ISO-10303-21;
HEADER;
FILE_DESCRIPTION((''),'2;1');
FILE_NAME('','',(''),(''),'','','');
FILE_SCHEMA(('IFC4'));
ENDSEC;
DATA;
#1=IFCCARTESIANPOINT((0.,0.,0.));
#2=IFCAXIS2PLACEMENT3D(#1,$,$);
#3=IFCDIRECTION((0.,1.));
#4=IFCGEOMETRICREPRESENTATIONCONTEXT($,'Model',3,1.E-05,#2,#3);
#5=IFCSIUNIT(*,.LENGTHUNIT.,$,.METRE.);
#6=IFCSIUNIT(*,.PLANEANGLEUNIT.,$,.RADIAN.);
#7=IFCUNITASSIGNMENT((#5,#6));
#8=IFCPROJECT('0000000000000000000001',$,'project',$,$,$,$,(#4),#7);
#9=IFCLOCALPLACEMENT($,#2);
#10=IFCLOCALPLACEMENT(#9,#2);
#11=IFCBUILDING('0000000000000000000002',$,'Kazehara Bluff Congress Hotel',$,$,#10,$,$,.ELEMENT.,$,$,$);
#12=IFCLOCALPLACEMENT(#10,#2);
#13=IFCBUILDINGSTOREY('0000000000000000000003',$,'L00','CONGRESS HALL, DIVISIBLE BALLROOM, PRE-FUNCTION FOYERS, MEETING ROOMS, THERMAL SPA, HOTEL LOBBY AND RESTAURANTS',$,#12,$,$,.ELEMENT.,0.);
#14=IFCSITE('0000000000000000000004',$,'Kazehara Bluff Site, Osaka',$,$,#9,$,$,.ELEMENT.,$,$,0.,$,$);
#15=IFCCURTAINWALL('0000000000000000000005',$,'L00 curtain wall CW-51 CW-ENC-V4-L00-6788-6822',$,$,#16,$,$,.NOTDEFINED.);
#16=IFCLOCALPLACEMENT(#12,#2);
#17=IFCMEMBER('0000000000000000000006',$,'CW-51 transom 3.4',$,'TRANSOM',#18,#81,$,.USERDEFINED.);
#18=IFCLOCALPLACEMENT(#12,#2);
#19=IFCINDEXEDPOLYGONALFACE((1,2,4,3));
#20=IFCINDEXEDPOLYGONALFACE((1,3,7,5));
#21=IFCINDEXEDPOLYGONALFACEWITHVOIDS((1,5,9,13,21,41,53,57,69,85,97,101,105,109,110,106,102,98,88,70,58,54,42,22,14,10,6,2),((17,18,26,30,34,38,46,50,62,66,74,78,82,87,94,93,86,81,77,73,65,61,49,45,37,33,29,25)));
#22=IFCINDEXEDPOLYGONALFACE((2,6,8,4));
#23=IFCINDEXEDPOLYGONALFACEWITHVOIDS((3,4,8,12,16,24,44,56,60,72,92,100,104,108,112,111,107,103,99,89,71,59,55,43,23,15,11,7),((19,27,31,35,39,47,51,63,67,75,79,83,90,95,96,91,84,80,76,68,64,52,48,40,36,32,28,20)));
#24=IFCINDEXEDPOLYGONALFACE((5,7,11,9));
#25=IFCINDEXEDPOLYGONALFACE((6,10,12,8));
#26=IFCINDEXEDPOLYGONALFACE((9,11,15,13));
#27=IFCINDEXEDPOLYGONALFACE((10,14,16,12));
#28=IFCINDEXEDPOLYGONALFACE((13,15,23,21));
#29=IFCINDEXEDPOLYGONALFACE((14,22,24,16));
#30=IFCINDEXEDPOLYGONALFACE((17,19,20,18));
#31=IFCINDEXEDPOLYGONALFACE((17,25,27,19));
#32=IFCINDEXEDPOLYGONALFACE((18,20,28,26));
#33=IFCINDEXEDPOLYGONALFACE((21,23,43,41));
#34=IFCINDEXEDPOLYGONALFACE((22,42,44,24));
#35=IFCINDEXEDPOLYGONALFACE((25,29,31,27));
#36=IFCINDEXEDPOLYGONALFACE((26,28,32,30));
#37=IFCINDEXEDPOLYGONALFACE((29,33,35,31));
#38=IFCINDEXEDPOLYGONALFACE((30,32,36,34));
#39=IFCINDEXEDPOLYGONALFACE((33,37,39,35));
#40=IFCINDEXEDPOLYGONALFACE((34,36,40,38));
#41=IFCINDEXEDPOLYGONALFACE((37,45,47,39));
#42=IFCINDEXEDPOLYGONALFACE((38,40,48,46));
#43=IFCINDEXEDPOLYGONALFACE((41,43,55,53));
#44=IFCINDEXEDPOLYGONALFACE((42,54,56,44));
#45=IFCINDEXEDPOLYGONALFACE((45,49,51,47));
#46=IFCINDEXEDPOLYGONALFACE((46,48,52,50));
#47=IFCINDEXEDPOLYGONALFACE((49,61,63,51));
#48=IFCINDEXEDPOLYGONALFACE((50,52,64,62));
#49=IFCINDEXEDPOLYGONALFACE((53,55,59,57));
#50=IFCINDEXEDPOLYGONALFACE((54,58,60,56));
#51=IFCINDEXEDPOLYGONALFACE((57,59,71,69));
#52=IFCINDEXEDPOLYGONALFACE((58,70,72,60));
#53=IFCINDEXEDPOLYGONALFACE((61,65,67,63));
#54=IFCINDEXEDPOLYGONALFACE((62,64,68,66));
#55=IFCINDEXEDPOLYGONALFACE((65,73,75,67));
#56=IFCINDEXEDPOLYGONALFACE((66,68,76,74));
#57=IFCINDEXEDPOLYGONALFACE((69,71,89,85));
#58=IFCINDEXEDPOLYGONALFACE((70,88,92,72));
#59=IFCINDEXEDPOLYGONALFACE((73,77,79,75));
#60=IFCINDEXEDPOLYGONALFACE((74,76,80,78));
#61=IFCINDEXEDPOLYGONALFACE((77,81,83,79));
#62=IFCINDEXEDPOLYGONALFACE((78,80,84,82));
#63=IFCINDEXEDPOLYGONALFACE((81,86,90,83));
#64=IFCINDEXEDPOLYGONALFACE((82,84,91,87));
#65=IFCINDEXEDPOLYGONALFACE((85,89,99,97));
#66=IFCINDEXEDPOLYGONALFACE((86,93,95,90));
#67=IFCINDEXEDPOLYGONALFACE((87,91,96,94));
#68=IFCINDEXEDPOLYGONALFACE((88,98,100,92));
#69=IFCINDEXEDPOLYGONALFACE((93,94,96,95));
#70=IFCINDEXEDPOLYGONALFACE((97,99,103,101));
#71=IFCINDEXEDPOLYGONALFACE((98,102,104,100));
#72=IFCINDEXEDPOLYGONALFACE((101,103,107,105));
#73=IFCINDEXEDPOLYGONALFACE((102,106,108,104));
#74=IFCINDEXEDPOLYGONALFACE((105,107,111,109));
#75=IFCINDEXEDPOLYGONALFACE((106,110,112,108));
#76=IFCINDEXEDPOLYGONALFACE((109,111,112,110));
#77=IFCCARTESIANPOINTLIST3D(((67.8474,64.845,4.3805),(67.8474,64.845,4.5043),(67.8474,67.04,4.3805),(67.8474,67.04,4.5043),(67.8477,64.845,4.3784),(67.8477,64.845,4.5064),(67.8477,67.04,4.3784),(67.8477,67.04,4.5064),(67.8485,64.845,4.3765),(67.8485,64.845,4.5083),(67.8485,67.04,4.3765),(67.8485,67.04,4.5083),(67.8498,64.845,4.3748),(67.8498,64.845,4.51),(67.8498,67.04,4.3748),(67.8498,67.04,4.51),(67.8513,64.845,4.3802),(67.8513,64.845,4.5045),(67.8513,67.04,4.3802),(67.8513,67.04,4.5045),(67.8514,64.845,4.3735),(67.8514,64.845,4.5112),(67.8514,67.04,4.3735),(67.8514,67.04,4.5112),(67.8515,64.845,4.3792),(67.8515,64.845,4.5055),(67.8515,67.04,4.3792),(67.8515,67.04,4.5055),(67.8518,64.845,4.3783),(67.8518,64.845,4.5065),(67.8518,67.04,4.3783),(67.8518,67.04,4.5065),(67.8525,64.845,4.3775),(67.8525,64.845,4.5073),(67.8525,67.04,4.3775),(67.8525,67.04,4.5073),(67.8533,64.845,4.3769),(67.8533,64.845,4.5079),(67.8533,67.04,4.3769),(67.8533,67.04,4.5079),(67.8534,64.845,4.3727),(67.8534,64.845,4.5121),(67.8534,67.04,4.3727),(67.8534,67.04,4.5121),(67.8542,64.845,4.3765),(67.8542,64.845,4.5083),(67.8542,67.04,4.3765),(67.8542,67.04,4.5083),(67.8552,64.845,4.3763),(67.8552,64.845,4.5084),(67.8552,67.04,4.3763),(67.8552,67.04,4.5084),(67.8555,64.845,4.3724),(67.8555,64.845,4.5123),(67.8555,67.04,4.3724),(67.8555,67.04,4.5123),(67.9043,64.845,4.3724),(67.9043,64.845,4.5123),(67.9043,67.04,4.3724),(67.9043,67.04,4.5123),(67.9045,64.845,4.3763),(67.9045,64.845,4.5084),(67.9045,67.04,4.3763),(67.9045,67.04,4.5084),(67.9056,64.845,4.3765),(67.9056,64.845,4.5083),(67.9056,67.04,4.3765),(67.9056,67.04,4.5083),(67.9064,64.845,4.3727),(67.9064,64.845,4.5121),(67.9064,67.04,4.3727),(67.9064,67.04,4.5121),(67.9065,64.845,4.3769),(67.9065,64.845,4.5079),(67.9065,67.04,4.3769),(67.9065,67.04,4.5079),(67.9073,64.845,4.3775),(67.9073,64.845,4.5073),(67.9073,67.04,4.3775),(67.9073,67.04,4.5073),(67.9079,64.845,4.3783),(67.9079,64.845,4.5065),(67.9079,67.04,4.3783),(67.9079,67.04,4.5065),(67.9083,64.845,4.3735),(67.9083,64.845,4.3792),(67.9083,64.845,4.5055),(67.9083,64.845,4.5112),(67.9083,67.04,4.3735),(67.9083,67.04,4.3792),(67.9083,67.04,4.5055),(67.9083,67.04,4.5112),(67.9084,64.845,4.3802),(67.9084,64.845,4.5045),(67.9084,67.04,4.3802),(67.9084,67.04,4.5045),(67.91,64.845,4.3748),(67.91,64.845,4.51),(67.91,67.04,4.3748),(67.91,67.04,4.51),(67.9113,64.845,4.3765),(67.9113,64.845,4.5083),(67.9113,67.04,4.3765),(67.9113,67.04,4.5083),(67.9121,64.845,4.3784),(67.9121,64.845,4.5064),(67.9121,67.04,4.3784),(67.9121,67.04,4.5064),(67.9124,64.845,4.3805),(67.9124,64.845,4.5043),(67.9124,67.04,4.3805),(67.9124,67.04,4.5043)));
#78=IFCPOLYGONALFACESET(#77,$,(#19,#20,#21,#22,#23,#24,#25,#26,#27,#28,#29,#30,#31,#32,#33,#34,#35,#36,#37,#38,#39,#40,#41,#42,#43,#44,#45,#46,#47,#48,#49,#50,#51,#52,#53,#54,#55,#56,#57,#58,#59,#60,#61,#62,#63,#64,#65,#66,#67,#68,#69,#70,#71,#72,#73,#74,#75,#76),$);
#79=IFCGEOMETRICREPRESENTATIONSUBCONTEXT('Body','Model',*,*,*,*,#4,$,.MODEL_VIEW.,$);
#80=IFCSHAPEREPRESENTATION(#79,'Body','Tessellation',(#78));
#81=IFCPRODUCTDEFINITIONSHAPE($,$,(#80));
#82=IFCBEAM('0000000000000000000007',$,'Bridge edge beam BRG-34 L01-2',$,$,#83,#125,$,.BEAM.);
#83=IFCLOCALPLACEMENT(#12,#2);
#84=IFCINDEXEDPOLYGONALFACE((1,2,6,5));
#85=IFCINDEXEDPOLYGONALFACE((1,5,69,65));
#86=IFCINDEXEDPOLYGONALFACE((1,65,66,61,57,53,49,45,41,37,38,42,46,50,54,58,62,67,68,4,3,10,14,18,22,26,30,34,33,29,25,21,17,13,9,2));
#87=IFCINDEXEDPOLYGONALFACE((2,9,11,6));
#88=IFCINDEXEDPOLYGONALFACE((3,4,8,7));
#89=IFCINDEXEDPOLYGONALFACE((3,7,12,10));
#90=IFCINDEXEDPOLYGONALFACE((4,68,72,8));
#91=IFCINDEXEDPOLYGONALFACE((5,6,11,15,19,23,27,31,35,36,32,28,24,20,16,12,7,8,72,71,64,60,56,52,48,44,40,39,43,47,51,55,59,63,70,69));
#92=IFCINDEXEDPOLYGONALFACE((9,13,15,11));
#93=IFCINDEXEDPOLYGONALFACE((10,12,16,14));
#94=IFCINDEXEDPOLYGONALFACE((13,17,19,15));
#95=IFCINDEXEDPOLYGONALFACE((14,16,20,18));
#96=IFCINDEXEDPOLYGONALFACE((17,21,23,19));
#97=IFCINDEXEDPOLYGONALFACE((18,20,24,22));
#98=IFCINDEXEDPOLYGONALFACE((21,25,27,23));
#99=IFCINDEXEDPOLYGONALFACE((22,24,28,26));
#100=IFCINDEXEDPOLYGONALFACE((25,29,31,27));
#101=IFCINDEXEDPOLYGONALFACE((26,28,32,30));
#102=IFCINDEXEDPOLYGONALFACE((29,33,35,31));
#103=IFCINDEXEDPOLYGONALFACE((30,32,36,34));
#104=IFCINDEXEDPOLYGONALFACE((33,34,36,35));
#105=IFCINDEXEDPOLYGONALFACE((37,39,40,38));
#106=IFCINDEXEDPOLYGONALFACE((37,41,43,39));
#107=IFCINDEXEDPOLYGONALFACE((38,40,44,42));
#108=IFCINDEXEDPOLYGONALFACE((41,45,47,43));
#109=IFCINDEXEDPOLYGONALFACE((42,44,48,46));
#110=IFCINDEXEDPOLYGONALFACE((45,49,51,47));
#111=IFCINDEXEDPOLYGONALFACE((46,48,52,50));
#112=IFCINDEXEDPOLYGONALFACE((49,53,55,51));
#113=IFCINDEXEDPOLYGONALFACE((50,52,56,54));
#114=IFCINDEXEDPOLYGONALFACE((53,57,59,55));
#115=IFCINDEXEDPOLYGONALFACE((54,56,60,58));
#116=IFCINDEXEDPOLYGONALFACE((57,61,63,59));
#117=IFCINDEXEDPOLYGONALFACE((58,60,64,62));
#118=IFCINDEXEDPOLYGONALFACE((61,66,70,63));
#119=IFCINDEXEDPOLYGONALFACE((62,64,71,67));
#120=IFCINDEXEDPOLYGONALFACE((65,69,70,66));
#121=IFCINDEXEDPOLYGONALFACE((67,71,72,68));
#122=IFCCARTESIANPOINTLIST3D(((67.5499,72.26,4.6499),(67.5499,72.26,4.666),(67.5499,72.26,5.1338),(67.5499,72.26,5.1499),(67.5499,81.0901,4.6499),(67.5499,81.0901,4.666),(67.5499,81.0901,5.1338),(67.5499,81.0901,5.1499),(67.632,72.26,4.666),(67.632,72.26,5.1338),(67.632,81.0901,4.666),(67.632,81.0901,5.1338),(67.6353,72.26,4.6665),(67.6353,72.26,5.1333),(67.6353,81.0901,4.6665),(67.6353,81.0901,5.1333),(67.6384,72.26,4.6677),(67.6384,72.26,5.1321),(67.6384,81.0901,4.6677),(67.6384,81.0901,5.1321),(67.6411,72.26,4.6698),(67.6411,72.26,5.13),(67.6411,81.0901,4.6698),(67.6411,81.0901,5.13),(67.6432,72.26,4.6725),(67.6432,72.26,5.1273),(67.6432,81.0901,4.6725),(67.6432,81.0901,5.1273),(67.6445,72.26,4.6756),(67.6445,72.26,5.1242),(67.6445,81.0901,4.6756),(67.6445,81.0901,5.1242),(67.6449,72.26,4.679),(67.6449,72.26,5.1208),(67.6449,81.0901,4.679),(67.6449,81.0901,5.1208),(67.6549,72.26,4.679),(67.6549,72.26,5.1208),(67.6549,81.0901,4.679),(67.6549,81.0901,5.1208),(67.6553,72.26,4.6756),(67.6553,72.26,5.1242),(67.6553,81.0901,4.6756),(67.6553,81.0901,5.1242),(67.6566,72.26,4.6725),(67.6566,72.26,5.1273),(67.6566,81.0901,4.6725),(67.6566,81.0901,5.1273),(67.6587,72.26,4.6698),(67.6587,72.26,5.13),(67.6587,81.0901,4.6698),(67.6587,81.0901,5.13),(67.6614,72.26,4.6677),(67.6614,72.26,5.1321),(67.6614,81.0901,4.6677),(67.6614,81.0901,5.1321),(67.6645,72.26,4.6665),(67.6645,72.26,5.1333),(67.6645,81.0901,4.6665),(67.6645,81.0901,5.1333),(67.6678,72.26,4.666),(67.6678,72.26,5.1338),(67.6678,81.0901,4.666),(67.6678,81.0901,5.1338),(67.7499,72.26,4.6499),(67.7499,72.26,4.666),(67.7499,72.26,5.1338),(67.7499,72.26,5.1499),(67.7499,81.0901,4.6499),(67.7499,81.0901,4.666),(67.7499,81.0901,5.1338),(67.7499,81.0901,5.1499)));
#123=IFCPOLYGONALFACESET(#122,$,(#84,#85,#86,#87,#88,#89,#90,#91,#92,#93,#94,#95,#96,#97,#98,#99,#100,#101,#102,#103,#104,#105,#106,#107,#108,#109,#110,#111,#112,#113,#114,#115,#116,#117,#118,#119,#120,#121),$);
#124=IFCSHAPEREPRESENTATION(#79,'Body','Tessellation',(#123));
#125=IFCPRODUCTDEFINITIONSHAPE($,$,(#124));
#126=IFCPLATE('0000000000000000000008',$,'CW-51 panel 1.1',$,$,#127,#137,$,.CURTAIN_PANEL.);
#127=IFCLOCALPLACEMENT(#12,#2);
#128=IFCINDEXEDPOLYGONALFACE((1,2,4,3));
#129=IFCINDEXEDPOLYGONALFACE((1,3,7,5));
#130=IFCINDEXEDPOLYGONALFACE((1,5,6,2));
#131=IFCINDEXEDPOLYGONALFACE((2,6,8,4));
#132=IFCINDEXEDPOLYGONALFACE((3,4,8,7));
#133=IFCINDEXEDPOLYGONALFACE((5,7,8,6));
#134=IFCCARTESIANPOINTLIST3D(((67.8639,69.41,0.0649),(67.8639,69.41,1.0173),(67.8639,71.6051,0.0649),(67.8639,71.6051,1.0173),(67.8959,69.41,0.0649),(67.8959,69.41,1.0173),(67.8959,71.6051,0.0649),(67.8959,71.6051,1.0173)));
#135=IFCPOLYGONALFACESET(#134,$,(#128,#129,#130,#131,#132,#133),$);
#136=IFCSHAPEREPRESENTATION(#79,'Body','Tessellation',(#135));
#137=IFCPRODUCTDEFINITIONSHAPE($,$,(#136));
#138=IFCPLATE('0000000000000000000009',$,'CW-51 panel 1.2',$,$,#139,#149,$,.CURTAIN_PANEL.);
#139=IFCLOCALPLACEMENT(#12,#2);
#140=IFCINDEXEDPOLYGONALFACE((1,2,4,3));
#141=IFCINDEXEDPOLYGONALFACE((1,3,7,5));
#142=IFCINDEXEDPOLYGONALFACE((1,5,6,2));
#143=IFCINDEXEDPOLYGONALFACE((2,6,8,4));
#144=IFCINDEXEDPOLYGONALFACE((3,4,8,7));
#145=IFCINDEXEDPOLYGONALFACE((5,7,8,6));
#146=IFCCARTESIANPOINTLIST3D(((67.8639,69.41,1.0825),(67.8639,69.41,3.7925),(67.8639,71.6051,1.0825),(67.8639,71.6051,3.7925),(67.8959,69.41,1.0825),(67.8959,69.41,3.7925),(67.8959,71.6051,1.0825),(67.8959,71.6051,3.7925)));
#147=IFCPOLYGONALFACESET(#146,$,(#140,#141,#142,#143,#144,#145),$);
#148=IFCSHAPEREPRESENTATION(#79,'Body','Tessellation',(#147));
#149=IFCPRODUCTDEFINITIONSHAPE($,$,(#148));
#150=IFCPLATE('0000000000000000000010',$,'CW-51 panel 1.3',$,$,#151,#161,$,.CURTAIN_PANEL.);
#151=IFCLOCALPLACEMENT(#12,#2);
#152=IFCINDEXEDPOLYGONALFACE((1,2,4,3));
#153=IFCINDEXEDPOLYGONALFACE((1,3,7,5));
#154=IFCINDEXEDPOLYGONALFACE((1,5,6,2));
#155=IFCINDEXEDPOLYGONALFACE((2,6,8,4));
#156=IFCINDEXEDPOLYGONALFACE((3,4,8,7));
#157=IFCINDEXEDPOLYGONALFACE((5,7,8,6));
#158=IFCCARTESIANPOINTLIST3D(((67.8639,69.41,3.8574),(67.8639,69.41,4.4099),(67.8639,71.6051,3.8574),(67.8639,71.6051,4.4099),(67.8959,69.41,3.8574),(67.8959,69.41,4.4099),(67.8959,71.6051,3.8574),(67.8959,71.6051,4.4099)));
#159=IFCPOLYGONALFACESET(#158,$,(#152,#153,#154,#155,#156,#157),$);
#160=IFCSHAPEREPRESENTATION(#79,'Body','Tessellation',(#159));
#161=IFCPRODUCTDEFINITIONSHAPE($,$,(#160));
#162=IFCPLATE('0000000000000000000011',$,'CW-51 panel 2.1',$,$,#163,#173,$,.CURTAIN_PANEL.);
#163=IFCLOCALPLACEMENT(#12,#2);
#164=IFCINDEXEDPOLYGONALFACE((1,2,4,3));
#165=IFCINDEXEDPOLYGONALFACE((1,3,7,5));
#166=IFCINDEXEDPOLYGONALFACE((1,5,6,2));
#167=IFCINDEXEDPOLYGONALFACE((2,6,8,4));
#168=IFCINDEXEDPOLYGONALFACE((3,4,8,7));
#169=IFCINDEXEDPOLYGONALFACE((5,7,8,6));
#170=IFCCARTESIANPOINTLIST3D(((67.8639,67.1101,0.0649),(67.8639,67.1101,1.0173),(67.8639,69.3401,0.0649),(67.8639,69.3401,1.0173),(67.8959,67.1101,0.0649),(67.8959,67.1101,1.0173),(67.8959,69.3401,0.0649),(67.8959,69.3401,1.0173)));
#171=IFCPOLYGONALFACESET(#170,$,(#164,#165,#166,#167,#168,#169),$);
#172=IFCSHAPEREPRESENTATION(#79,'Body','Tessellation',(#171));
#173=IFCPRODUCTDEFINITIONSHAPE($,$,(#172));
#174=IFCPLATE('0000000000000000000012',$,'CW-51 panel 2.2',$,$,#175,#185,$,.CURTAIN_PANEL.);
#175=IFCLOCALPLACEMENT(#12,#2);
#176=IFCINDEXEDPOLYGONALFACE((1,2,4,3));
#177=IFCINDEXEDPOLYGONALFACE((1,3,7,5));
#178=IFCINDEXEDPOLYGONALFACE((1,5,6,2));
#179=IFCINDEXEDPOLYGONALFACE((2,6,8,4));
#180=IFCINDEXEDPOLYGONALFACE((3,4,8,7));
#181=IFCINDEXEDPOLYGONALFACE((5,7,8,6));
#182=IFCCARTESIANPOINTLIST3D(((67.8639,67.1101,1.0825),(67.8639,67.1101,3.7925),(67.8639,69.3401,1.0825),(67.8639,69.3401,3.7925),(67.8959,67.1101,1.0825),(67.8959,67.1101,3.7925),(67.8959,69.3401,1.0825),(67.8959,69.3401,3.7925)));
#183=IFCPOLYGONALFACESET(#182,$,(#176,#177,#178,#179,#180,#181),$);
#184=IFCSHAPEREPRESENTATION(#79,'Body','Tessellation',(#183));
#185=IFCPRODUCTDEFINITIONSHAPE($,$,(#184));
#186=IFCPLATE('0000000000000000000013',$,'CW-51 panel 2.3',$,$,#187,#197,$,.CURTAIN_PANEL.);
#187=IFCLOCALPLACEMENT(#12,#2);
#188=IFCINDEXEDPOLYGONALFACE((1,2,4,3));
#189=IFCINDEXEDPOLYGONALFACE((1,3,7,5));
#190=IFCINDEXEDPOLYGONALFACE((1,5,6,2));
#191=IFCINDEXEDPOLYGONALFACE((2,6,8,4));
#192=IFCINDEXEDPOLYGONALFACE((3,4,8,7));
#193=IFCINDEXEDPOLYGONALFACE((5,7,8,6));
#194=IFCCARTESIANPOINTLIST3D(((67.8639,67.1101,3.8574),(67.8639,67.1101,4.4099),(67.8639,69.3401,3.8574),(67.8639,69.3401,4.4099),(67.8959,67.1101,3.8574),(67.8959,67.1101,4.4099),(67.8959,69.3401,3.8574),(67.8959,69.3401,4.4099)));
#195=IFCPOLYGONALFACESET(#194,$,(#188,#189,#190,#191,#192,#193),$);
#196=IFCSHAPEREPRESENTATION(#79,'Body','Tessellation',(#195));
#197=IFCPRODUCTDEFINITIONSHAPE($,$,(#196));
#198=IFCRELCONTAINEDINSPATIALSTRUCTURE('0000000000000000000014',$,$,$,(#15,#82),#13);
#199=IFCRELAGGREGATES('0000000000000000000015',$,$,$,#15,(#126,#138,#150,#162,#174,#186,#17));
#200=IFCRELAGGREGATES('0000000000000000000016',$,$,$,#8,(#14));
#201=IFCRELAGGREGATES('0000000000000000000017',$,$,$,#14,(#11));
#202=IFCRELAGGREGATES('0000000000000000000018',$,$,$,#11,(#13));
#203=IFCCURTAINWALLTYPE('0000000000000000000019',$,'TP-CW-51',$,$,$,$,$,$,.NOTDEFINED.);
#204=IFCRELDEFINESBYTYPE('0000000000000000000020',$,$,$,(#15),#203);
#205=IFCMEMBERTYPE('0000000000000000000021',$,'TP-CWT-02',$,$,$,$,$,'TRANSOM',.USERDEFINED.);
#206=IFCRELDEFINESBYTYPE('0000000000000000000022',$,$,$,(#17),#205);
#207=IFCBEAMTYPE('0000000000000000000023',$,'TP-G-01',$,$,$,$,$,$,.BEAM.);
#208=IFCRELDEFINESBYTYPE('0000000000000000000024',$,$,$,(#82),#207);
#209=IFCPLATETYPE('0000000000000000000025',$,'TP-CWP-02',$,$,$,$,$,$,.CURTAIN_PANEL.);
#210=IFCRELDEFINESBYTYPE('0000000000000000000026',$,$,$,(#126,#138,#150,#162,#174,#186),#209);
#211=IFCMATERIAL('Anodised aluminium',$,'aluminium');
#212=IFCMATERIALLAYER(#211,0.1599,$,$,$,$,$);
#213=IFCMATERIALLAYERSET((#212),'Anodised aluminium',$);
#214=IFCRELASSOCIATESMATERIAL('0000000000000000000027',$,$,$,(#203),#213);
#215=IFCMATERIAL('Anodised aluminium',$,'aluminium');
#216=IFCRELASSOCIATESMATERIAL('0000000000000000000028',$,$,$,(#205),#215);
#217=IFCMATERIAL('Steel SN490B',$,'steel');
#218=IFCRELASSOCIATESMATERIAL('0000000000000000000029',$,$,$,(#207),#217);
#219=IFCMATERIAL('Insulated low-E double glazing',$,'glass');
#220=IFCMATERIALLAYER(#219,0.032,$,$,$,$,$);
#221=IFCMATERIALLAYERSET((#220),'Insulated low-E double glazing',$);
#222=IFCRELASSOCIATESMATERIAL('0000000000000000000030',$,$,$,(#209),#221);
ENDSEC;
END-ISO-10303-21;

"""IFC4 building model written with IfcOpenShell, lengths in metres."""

from ifc_helpers import new_model, si_unit, direction, frame, origin, origin_2d, place, context, subcontext, project, spatial, rectangle, hollow_rectangle, i_section, extrude, material, layer, layer_set, material_profile, profile_set, type_object, element, aggregate, save


model = new_model("IFC4")

# Units and contexts
model_context = context("Model", 3, precision=1e-05, world=origin(), true_north=direction((0.0, 1.0)))
body_context = subcontext(model_context, "Body", "Model", "MODEL_VIEW")
ifc_project = project(units=[si_unit("LENGTHUNIT", "METRE"), si_unit("PLANEANGLEUNIT", "RADIAN")], contexts=[model_context])

# Site, building, storey
site_placement = place(None, origin())
site = spatial("IfcSite", under=ifc_project, at=site_placement, Name="Kazehara Bluff Site, Osaka", CompositionType="ELEMENT", RefElevation=0.0)
building_placement = place(site_placement, origin())
building = spatial("IfcBuilding", under=site, at=building_placement, Name="Kazehara Bluff Congress Hotel", CompositionType="ELEMENT")
storey_placement = place(building_placement, origin())
storey = spatial("IfcBuildingStorey", under=building, at=storey_placement, Name="L00", Description="CONGRESS HALL, DIVISIBLE BALLROOM, PRE-FUNCTION FOYERS, MEETING ROOMS, THERMAL SPA, HOTEL LOBBY AND RESTAURANTS", CompositionType="ELEMENT", Elevation=0.0)

# Curtain wall, member
ifc_material_1 = material(Name="Anodised aluminium", Category="aluminium")
ifc_layer_1 = layer(ifc_material_1, 0.1599)
ifc_layer_set_1 = layer_set([ifc_layer_1], Name="Anodised aluminium")
curtain_wall_type = type_object("IfcCurtainWallType", Name="TP-CW-51", PredefinedType="NOTDEFINED", material=ifc_layer_set_1)
curtain_wall_placement = place(storey_placement, origin())
curtain_wall = element("IfcCurtainWall", 1, at=curtain_wall_placement, inside=storey, type_object=curtain_wall_type, Name="L00 curtain wall CW-51 CW-ENC-V4-L00-6788-6822", PredefinedType="NOTDEFINED")
ifc_material_2 = material(Name="Anodised aluminium", Category="aluminium")
ifc_material_profile_1 = material_profile(ifc_material_2, hollow_rectangle(XDim=0.0649, YDim=0.1399, WallThickness=0.0039, InnerFilletRadius=0.0039, OuterFilletRadius=0.0081, at=origin_2d()))
ifc_profile_set_1 = profile_set([ifc_material_profile_1], Name="Anodised aluminium")
member_type_1 = type_object("IfcMemberType", Name="TP-CWT-02", ElementType="TRANSOM", PredefinedType="USERDEFINED", material=ifc_profile_set_1)
member_1_placement = place(storey_placement, frame((67.8799, 67.04, 4.4424), z_axis=(0.0, -1.0, 0.0), x_axis=(1.0, 0.0, 0.0)))
member_1 = element("IfcMember", 2, at=member_1_placement, type_object=member_type_1, Name="CW-51 transom 3.4", ObjectType="TRANSOM", PredefinedType="USERDEFINED", context=body_context, shape_type="SweptSolid", body=[
    extrude(hollow_rectangle(XDim=0.0649, YDim=0.1399, WallThickness=0.0039, InnerFilletRadius=0.0039, OuterFilletRadius=0.0081, at=origin_2d()), origin(), (0.0, 0.0, 1.0), 2.1951),
])

# Beam
ifc_material_3 = material(Name="Steel SN490B", Category="steel")
ifc_material_profile_2 = material_profile(ifc_material_3, i_section(OverallWidth=0.2, OverallDepth=0.5, WebThickness=0.01, FlangeThickness=0.0161, FilletRadius=0.0129, at=origin_2d()))
ifc_profile_set_2 = profile_set([ifc_material_profile_2], Name="Steel SN490B")
beam_type = type_object("IfcBeamType", Name="TP-G-01", PredefinedType="BEAM", material=ifc_profile_set_2)
beam_placement = place(storey_placement, frame((67.6499, 72.26, 4.8999), z_axis=(0.0, 1.0, 0.0), x_axis=(-1.0, 0.0, 0.0)))
element("IfcBeam", 3, at=beam_placement, inside=storey, type_object=beam_type, Name="Bridge edge beam BRG-34 L01-2", PredefinedType="BEAM", context=body_context, shape_type="SweptSolid", body=[
    extrude(i_section(OverallWidth=0.2, OverallDepth=0.5, WebThickness=0.01, FlangeThickness=0.0161, FilletRadius=0.0129, at=origin_2d()), origin(), (0.0, 0.0, 1.0), 8.8301),
])

# Plates
ifc_material_4 = material(Name="Insulated low-E double glazing", Category="glass")
ifc_layer_2 = layer(ifc_material_4, 0.032)
ifc_layer_set_2 = layer_set([ifc_layer_2], Name="Insulated low-E double glazing")
plate_type = type_object("IfcPlateType", Name="TP-CWP-02", PredefinedType="CURTAIN_PANEL", material=ifc_layer_set_2)
plate_1_placement = place(storey_placement, frame((67.8799, 70.5076, 0.0649), z_axis=(0.0, 0.0, 1.0), x_axis=(0.0, -1.0, 0.0)))
plate_1 = element("IfcPlate", 4, at=plate_1_placement, type_object=plate_type, Name="CW-51 panel 1.1", PredefinedType="CURTAIN_PANEL", context=body_context, shape_type="SweptSolid", body=[
    extrude(rectangle(XDim=2.1951, YDim=0.032, at=origin_2d()), origin(), (0.0, 0.0, 1.0), 0.9524),
])
plate_2_placement = place(storey_placement, frame((67.8799, 70.5076, 1.0825), z_axis=(0.0, 0.0, 1.0), x_axis=(0.0, -1.0, 0.0)))
plate_2 = element("IfcPlate", 5, at=plate_2_placement, type_object=plate_type, Name="CW-51 panel 1.2", PredefinedType="CURTAIN_PANEL", context=body_context, shape_type="SweptSolid", body=[
    extrude(rectangle(XDim=2.1951, YDim=0.032, at=origin_2d()), origin(), (0.0, 0.0, 1.0), 2.71),
])
plate_3_placement = place(storey_placement, frame((67.8799, 70.5076, 3.8574), z_axis=(0.0, 0.0, 1.0), x_axis=(0.0, -1.0, 0.0)))
plate_3 = element("IfcPlate", 6, at=plate_3_placement, type_object=plate_type, Name="CW-51 panel 1.3", PredefinedType="CURTAIN_PANEL", context=body_context, shape_type="SweptSolid", body=[
    extrude(rectangle(XDim=2.1951, YDim=0.032, at=origin_2d()), origin(), (0.0, 0.0, 1.0), 0.5525),
])
plate_4_placement = place(storey_placement, frame((67.8799, 68.2251, 0.0649), z_axis=(0.0, 0.0, 1.0), x_axis=(0.0, -1.0, 0.0)))
plate_4 = element("IfcPlate", 7, at=plate_4_placement, type_object=plate_type, Name="CW-51 panel 2.1", PredefinedType="CURTAIN_PANEL", context=body_context, shape_type="SweptSolid", body=[
    extrude(rectangle(XDim=2.23, YDim=0.032, at=origin_2d()), origin(), (0.0, 0.0, 1.0), 0.9524),
])
plate_5_placement = place(storey_placement, frame((67.8799, 68.2251, 1.0825), z_axis=(0.0, 0.0, 1.0), x_axis=(0.0, -1.0, 0.0)))
plate_5 = element("IfcPlate", 8, at=plate_5_placement, type_object=plate_type, Name="CW-51 panel 2.2", PredefinedType="CURTAIN_PANEL", context=body_context, shape_type="SweptSolid", body=[
    extrude(rectangle(XDim=2.23, YDim=0.032, at=origin_2d()), origin(), (0.0, 0.0, 1.0), 2.71),
])
plate_6_placement = place(storey_placement, frame((67.8799, 68.2251, 3.8574), z_axis=(0.0, 0.0, 1.0), x_axis=(0.0, -1.0, 0.0)))
plate_6 = element("IfcPlate", 9, at=plate_6_placement, type_object=plate_type, Name="CW-51 panel 2.3", PredefinedType="CURTAIN_PANEL", context=body_context, shape_type="SweptSolid", body=[
    extrude(rectangle(XDim=2.23, YDim=0.032, at=origin_2d()), origin(), (0.0, 0.0, 1.0), 0.5525),
])
aggregate(curtain_wall, [plate_1, plate_2, plate_3, plate_4, plate_5, plate_6, member_1])

save(model, "model.ifc")
